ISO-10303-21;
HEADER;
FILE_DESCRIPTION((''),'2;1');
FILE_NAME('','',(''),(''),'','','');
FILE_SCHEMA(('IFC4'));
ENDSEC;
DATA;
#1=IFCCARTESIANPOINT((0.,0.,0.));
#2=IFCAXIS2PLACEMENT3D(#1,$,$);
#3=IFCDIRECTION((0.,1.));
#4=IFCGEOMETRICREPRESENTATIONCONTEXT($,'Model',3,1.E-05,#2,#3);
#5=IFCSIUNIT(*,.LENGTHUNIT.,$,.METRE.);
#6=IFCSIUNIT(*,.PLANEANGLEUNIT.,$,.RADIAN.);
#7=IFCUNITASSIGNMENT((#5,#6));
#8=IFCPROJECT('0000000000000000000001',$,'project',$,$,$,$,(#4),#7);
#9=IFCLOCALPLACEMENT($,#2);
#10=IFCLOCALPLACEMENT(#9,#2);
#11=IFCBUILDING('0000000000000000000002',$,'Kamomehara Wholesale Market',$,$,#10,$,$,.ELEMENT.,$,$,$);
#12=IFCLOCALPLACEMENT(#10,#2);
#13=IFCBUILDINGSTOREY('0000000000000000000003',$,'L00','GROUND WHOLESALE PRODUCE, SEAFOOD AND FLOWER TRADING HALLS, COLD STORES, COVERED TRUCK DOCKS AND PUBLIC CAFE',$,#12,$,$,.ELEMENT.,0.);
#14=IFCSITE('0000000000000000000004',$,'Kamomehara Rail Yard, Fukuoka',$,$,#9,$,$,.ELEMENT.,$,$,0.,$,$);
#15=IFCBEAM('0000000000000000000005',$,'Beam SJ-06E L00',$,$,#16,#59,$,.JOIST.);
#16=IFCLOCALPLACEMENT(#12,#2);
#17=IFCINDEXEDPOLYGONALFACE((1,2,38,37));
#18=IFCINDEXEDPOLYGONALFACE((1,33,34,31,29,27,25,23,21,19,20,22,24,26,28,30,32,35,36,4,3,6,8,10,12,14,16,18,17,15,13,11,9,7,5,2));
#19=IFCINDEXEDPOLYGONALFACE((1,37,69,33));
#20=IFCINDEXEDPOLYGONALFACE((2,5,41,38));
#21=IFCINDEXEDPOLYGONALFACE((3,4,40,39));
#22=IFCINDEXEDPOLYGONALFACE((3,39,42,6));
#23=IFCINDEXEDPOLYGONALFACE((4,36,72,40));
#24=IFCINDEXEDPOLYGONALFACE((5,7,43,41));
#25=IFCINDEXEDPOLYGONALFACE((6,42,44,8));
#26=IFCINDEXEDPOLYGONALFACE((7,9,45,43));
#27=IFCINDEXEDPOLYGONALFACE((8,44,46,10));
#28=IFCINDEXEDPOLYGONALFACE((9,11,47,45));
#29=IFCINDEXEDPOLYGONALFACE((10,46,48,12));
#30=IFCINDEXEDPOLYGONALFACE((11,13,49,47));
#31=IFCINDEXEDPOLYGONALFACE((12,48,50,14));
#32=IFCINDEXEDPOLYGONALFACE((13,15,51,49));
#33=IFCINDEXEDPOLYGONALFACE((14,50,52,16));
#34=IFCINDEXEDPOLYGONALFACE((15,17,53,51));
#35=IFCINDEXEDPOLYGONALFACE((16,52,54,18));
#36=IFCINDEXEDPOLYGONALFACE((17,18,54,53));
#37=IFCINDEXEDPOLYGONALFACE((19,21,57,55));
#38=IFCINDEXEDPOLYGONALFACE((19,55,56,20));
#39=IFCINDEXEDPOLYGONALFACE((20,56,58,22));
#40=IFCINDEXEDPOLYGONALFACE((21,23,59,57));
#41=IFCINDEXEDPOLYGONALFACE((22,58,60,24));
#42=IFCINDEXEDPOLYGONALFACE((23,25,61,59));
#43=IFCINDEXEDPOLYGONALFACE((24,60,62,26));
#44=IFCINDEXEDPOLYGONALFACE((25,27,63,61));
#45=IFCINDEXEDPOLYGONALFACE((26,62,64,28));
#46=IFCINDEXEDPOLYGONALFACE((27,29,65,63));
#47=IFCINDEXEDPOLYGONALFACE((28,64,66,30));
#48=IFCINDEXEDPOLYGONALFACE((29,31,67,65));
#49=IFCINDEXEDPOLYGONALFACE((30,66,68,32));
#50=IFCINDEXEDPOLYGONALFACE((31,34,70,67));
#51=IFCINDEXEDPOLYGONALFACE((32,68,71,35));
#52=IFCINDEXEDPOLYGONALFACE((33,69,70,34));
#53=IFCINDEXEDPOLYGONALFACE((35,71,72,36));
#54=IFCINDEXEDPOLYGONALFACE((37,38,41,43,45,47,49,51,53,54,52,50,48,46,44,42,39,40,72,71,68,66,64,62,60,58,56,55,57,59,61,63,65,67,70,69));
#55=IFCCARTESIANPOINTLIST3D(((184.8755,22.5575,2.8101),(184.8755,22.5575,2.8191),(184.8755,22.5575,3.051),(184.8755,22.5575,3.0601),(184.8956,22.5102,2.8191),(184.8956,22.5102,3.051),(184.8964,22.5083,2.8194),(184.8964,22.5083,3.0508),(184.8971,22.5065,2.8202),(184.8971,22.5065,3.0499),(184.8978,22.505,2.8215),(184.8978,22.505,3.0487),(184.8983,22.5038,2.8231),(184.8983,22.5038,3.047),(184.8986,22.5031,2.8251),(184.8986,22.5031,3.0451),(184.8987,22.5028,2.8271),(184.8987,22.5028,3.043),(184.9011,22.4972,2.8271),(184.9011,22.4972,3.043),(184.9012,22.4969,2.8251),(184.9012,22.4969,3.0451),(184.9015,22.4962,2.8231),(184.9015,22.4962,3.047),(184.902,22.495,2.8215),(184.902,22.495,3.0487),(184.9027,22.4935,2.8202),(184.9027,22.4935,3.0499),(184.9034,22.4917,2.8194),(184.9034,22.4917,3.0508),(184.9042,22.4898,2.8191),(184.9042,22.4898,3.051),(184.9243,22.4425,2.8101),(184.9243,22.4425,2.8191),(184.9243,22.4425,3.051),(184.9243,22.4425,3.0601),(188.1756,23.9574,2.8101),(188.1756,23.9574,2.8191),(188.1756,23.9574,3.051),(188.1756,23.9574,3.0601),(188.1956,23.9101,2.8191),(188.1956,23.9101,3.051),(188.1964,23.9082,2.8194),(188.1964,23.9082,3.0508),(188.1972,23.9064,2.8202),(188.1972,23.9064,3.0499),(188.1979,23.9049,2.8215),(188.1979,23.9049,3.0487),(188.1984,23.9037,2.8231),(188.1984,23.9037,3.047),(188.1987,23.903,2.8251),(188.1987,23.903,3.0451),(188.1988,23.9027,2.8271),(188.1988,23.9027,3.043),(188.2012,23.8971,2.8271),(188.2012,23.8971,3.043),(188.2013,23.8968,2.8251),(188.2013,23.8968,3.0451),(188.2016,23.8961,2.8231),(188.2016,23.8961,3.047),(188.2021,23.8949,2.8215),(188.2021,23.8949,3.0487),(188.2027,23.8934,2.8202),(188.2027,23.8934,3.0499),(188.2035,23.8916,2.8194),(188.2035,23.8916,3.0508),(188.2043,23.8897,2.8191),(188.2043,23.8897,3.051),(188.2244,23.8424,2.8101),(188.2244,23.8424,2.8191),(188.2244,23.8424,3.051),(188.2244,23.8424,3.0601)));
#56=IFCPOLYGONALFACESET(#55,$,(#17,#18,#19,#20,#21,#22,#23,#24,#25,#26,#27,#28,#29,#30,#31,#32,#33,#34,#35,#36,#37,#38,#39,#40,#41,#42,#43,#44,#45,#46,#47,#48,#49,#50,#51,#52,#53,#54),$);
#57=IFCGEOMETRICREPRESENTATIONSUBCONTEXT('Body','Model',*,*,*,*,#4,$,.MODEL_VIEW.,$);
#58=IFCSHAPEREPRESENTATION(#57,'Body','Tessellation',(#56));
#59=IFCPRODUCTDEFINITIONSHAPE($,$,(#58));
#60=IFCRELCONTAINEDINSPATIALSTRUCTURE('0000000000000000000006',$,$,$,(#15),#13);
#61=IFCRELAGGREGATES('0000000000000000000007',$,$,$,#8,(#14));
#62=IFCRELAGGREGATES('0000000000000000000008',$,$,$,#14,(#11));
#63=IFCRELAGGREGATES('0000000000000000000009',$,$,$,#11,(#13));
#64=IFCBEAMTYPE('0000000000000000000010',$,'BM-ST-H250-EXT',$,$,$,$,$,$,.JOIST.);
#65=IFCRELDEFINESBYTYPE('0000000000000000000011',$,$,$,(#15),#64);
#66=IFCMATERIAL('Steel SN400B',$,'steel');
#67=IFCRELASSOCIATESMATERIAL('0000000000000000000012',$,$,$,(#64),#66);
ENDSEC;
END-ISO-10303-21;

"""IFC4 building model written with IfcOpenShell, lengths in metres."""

from ifc_helpers import new_model, si_unit, direction, frame, origin, origin_2d, place, context, subcontext, project, spatial, i_section, extrude, material, material_profile, profile_set, type_object, element, save


model = new_model("IFC4")

# Units and contexts
model_context = context("Model", 3, precision=1e-05, world=origin(), true_north=direction((0.0, 1.0)))
body_context = subcontext(model_context, "Body", "Model", "MODEL_VIEW")
ifc_project = project(units=[si_unit("LENGTHUNIT", "METRE"), si_unit("PLANEANGLEUNIT", "RADIAN")], contexts=[model_context])

# Site, building, storey
site_placement = place(None, origin())
site = spatial("IfcSite", under=ifc_project, at=site_placement, Name="Kamomehara Rail Yard, Fukuoka", CompositionType="ELEMENT", RefElevation=0.0)
building_placement = place(site_placement, origin())
building = spatial("IfcBuilding", under=site, at=building_placement, Name="Kamomehara Wholesale Market", CompositionType="ELEMENT")
storey_placement = place(building_placement, origin())
storey = spatial("IfcBuildingStorey", under=building, at=storey_placement, Name="L00", Description="GROUND WHOLESALE PRODUCE, SEAFOOD AND FLOWER TRADING HALLS, COLD STORES, COVERED TRUCK DOCKS AND PUBLIC CAFE", CompositionType="ELEMENT", Elevation=0.0)

# Beam
ifc_material_1 = material(Name="Steel SN400B", Category="steel")
ifc_material_profile_1 = material_profile(ifc_material_1, i_section(OverallWidth=0.125, OverallDepth=0.25, WebThickness=0.0061, FlangeThickness=0.009, FilletRadius=0.0081, at=origin_2d()), Name="H-250x125x6x9")
ifc_profile_set_1 = profile_set([ifc_material_profile_1], Name="Steel SN400B")
beam_type = type_object("IfcBeamType", Name="BM-ST-H250-EXT", PredefinedType="JOIST", material=ifc_profile_set_1)
beam_placement = place(storey_placement, frame((184.8999, 22.5, 2.9351), z_axis=(0.920594, 0.390522, 0.0), x_axis=(-0.390522, 0.920594, 0.0)))
element("IfcBeam", 1, at=beam_placement, inside=storey, type_object=beam_type, Name="Beam SJ-06E L00", PredefinedType="JOIST", context=body_context, shape_type="SweptSolid", body=[
    extrude(i_section(OverallWidth=0.125, OverallDepth=0.25, WebThickness=0.0061, FlangeThickness=0.009, FilletRadius=0.0081, at=origin_2d()), origin(), (0.0, 0.0, 1.0), 3.5847),
])

save(model, "model.ifc")
